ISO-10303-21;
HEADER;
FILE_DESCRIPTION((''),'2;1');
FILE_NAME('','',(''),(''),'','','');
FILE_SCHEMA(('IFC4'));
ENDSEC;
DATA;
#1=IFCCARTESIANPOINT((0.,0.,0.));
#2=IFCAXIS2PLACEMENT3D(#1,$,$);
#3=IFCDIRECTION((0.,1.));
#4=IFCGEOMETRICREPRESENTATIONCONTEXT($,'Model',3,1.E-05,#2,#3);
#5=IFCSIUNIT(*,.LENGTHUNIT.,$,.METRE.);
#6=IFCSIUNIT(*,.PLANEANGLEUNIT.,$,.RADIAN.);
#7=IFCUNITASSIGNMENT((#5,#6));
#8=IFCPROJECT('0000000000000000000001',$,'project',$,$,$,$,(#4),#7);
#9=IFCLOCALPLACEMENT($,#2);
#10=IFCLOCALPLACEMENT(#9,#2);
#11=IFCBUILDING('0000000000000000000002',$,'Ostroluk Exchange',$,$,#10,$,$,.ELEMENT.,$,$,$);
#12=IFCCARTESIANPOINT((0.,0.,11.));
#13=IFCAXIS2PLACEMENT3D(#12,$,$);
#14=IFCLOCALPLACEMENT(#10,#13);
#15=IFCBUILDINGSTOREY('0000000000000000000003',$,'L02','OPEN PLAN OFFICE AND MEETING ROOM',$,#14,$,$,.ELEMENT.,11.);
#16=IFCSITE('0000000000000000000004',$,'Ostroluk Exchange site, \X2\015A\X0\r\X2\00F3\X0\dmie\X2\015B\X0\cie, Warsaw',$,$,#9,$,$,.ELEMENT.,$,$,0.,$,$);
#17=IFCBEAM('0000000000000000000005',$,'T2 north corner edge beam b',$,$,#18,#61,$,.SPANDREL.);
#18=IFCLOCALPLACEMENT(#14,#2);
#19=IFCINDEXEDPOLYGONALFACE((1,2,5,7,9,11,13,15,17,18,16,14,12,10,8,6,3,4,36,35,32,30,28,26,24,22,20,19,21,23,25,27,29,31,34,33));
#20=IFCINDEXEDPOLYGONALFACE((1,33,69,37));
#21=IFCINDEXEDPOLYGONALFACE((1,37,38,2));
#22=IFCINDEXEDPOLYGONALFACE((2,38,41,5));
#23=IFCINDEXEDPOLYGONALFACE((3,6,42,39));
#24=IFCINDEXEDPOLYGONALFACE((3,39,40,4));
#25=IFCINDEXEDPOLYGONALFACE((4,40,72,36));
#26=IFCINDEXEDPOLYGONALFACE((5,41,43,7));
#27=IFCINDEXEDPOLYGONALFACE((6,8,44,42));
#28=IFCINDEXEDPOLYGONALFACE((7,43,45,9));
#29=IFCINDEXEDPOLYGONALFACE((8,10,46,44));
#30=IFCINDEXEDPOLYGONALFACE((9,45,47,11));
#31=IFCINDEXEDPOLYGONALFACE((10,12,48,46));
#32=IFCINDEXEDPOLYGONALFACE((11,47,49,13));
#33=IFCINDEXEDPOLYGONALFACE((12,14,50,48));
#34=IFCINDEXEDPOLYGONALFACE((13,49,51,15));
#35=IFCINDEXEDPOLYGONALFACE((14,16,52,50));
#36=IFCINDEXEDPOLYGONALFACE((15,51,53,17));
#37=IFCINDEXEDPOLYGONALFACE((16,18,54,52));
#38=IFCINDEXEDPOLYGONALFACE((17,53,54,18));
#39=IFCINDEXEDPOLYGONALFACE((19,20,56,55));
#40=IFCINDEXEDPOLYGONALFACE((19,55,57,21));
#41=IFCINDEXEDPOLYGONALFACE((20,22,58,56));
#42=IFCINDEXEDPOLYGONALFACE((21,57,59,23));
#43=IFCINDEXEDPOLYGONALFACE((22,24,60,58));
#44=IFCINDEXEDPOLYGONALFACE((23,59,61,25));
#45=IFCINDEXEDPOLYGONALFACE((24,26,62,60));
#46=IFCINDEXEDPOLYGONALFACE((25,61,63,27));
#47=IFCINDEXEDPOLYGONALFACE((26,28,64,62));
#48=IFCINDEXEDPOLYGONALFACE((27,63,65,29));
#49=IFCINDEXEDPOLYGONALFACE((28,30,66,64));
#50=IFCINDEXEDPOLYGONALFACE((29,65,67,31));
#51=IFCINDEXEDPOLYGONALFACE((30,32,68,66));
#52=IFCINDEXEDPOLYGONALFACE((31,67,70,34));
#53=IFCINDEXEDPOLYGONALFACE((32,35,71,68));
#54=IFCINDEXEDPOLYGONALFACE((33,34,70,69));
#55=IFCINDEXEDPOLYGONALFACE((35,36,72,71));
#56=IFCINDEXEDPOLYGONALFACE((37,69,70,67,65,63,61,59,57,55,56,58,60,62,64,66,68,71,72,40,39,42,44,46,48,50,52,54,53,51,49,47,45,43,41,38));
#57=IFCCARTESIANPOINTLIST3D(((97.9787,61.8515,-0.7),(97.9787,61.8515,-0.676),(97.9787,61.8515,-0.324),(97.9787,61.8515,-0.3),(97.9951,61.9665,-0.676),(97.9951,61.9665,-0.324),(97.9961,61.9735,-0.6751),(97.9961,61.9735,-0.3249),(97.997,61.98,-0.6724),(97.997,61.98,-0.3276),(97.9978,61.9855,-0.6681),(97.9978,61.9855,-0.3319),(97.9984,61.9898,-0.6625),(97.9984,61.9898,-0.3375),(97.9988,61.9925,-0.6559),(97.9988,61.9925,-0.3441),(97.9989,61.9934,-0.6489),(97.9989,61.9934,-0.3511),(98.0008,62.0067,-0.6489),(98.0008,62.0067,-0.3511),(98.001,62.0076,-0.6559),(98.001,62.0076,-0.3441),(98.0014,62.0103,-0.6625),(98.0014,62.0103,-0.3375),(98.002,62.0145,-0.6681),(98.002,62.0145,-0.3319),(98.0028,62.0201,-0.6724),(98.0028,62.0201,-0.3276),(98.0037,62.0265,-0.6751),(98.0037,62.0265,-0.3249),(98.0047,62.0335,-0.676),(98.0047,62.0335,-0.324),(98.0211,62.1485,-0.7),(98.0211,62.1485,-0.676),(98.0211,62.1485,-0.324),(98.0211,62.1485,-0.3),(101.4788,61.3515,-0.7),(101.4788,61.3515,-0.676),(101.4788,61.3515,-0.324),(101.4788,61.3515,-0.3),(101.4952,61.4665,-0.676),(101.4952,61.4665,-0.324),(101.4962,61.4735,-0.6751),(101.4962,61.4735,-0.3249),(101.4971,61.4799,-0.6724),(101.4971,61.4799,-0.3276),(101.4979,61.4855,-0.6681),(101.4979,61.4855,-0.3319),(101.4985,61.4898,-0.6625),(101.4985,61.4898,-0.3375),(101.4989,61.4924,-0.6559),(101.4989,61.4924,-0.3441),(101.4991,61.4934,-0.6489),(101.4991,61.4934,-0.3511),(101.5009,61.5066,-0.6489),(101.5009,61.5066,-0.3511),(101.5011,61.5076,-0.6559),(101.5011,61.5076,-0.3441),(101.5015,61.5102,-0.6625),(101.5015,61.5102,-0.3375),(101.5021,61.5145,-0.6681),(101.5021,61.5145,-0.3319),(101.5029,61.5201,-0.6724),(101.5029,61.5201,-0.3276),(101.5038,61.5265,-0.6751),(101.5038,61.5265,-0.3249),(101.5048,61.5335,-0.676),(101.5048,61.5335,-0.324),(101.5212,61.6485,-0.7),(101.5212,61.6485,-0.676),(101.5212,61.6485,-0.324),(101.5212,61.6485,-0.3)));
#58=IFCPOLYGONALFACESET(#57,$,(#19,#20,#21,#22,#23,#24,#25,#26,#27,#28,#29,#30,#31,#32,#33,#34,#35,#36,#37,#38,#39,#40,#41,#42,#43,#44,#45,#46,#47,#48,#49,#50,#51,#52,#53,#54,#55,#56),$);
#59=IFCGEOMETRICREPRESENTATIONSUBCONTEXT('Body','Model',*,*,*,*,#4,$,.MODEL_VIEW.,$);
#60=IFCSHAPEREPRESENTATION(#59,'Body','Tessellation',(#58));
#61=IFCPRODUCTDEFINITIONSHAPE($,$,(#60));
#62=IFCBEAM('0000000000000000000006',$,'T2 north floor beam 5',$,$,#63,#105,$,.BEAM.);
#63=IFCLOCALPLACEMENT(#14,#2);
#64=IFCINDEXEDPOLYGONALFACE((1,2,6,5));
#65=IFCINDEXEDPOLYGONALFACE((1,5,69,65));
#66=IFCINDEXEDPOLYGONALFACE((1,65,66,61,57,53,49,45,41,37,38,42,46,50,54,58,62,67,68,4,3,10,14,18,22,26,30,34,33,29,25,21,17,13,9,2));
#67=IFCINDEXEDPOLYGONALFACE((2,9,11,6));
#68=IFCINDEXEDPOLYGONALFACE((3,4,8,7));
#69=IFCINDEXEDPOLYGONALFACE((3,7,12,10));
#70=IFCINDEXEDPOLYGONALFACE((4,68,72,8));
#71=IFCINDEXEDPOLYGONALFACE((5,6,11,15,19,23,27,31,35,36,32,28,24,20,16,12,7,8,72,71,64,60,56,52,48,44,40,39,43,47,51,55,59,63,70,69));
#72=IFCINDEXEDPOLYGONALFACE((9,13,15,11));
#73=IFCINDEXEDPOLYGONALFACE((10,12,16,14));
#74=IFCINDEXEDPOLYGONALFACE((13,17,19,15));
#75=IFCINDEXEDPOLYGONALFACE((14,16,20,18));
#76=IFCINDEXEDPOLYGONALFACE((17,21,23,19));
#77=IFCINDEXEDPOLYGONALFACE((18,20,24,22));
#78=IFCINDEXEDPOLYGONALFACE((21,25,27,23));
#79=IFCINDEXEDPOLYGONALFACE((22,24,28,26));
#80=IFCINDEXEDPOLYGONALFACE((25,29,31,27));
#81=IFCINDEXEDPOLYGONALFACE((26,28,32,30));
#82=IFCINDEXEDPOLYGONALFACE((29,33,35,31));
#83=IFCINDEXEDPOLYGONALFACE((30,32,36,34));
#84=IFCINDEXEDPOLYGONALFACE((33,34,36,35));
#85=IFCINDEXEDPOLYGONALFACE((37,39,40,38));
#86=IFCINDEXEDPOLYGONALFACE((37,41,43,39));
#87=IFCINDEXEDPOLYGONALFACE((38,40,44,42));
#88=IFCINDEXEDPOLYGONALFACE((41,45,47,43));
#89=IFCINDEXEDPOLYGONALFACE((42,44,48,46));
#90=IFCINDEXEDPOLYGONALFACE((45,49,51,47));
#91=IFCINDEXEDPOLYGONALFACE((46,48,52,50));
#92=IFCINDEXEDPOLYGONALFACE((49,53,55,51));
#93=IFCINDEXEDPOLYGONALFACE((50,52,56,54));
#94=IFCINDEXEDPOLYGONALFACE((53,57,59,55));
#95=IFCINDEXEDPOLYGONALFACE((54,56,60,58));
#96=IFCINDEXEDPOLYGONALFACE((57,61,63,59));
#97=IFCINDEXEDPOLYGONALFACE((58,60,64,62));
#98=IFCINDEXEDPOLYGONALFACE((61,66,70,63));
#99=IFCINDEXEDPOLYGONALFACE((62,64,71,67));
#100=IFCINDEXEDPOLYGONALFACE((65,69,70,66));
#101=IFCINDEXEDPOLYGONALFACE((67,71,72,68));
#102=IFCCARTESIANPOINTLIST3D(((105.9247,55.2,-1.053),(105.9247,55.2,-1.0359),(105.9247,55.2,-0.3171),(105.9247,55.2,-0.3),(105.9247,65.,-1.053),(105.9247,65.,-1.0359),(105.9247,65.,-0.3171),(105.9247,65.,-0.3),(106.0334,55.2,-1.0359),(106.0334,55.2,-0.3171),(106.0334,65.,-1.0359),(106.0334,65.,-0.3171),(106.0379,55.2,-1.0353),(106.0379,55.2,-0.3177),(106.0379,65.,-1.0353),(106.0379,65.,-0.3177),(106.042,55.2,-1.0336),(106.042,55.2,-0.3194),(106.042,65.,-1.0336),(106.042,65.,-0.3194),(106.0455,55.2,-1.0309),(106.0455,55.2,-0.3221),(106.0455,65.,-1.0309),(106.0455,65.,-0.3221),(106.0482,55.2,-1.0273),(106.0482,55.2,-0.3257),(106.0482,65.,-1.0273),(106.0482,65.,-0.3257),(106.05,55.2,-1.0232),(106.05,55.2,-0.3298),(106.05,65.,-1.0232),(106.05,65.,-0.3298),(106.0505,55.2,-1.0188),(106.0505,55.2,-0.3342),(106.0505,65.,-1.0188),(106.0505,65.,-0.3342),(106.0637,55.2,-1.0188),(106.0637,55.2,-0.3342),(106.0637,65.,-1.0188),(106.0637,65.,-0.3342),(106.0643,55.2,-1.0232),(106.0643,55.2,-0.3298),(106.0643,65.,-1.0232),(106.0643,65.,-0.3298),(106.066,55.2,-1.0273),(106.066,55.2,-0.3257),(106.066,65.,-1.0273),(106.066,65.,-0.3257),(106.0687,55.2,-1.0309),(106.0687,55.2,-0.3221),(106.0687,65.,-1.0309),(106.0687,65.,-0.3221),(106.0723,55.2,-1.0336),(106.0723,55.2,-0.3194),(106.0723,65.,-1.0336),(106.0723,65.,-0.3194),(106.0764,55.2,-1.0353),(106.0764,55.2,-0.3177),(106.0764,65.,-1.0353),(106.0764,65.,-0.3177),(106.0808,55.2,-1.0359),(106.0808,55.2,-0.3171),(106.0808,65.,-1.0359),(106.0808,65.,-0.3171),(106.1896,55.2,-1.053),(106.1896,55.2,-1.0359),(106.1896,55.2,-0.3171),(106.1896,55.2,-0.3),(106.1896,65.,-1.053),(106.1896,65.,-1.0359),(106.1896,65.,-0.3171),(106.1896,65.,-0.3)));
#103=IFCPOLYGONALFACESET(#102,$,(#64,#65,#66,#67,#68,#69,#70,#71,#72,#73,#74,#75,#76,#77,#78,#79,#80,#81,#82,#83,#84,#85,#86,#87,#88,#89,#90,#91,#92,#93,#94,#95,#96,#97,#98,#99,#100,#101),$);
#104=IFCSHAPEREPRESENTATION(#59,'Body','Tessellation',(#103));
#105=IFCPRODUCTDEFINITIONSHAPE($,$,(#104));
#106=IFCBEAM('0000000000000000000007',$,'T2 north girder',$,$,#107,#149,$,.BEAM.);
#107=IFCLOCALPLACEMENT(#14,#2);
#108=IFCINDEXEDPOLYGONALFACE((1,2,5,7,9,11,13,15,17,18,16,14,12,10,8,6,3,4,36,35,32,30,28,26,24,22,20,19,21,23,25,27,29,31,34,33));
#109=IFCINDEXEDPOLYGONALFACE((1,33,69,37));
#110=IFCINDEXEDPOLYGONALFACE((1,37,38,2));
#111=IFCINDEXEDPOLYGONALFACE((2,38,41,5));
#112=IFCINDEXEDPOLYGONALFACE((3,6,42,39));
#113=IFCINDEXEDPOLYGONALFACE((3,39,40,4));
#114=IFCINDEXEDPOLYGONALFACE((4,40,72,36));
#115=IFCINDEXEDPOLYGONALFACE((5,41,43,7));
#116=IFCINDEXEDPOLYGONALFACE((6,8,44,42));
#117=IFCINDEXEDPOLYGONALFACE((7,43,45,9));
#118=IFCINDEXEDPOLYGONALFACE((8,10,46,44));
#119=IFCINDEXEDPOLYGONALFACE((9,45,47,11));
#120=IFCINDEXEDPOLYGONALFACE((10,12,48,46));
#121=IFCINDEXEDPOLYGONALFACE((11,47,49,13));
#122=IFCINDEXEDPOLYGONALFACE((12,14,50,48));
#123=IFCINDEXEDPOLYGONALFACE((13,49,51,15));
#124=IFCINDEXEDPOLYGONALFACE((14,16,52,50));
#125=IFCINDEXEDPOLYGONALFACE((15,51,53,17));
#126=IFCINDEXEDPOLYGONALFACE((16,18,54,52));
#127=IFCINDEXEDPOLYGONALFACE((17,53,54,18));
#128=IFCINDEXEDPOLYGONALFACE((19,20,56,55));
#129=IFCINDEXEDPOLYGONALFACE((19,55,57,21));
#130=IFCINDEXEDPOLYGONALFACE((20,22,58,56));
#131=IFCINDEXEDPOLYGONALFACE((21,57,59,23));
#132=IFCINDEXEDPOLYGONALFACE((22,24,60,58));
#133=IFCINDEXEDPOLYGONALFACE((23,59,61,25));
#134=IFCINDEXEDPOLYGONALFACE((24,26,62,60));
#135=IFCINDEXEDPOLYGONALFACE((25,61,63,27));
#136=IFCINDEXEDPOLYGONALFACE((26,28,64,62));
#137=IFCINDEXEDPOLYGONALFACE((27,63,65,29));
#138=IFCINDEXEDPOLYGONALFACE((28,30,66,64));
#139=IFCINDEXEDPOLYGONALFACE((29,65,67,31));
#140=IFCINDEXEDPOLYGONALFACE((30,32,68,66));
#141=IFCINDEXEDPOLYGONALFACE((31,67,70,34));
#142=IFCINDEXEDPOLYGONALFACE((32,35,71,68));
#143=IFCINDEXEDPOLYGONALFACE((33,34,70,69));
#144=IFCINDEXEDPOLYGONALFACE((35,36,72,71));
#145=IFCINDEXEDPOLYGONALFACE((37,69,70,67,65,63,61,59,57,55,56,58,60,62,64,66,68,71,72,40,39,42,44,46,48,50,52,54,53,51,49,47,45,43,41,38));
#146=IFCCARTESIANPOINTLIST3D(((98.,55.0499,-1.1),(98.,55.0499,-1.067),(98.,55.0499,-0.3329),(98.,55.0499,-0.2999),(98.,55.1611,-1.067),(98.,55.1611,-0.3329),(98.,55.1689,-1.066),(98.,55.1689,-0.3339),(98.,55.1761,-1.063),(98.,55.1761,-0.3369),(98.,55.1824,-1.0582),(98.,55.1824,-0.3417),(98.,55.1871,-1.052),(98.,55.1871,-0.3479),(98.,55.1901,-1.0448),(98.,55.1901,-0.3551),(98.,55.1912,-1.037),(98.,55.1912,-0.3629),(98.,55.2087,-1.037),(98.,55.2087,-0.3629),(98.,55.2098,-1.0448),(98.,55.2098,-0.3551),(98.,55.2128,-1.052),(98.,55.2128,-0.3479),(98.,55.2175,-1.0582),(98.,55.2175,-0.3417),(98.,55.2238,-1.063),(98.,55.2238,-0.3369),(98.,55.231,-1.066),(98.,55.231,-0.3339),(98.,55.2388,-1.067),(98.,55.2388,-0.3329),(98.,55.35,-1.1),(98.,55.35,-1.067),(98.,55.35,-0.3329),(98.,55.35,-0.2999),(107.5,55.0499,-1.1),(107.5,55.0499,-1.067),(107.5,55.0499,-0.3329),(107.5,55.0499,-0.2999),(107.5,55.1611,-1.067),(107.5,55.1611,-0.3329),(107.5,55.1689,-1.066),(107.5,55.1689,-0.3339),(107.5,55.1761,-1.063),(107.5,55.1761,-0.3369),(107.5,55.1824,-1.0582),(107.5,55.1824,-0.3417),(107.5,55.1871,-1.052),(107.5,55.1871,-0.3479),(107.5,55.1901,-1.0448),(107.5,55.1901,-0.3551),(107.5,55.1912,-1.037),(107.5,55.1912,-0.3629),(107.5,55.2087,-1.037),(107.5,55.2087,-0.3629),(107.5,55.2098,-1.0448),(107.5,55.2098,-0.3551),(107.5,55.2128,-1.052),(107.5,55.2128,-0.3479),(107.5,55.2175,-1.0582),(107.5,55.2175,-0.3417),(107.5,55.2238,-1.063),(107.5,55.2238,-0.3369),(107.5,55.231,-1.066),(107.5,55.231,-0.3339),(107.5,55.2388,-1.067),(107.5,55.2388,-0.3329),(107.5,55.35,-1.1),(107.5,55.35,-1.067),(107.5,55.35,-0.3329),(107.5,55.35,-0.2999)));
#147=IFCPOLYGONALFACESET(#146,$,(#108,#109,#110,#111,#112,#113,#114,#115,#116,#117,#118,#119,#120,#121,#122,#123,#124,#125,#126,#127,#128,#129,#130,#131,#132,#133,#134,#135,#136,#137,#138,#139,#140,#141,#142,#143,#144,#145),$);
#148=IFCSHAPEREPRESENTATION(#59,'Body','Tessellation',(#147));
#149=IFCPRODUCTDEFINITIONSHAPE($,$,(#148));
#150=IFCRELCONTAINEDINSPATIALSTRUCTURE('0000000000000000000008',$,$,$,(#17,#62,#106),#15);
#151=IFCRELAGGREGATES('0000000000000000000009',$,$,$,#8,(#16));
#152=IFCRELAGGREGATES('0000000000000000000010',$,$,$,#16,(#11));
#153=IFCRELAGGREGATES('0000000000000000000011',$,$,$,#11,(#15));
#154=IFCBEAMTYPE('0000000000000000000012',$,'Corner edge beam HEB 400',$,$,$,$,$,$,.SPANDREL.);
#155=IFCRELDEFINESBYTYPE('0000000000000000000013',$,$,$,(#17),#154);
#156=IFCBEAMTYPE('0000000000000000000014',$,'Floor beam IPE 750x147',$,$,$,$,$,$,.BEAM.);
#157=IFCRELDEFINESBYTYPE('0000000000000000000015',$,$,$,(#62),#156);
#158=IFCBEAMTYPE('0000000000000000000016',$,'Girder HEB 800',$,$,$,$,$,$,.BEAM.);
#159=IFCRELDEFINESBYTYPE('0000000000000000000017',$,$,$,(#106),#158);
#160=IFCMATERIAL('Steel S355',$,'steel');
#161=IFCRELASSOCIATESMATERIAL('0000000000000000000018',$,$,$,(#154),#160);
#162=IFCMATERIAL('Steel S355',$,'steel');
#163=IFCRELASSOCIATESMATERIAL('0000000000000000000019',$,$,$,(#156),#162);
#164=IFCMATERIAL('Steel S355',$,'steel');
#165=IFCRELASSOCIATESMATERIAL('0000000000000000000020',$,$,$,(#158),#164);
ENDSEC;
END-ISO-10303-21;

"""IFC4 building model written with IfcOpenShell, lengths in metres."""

from ifc_helpers import new_model, si_unit, direction, frame, origin, origin_2d, place, context, subcontext, project, spatial, i_section, extrude, material, material_profile, profile_set, type_object, element, save


model = new_model("IFC4")

# Units and contexts
model_context = context("Model", 3, precision=1e-05, world=origin(), true_north=direction((0.0, 1.0)))
body_context = subcontext(model_context, "Body", "Model", "MODEL_VIEW")
ifc_project = project(units=[si_unit("LENGTHUNIT", "METRE"), si_unit("PLANEANGLEUNIT", "RADIAN")], contexts=[model_context])

# Site, building, storey
site_placement = place(None, origin())
site = spatial("IfcSite", under=ifc_project, at=site_placement, Name="Ostroluk Exchange site, Śródmieście, Warsaw", CompositionType="ELEMENT", RefElevation=0.0)
building_placement = place(site_placement, origin())
building = spatial("IfcBuilding", under=site, at=building_placement, Name="Ostroluk Exchange", CompositionType="ELEMENT")
storey_placement = place(building_placement, frame((0.0, 0.0, 11.0)))
storey = spatial("IfcBuildingStorey", under=building, at=storey_placement, Name="L02", Description="OPEN PLAN OFFICE AND MEETING ROOM", CompositionType="ELEMENT", Elevation=11.0)

# Beams
ifc_material_1 = material(Name="Steel S355", Category="steel")
ifc_material_profile_1 = material_profile(ifc_material_1, i_section(OverallWidth=0.3, OverallDepth=0.3999, WebThickness=0.0134, FlangeThickness=0.0239, FilletRadius=0.0271, at=origin_2d()), Name="HEB 400")
ifc_profile_set_1 = profile_set([ifc_material_profile_1], Name="Steel S355")
beam_type_1 = type_object("IfcBeamType", Name="Corner edge beam HEB 400", PredefinedType="SPANDREL", material=ifc_profile_set_1)
for number, where, z_axis, x_axis, name in (
    (1, (101.5, 61.5, -0.5), (-0.989949, 0.141421, 0.0), (-0.141421, -0.989949, 0.0), "T2 north corner edge beam b"),
):
    element("IfcBeam", number, at=place(storey_placement, frame(where, z_axis=z_axis, x_axis=x_axis)), inside=storey, type_object=beam_type_1, Name=name, PredefinedType="SPANDREL", context=body_context, shape_type="SweptSolid", body=[
        extrude(i_section(OverallWidth=0.3, OverallDepth=0.3999, WebThickness=0.0134, FlangeThickness=0.0239, FilletRadius=0.0271, at=origin_2d()), origin(), (0.0, 0.0, 1.0), 3.5356),
    ])
ifc_material_2 = material(Name="Steel S355", Category="steel")
ifc_material_profile_2 = material_profile(ifc_material_2, i_section(OverallWidth=0.2649, OverallDepth=0.7529, WebThickness=0.0132, FlangeThickness=0.0171, FilletRadius=0.0171, at=origin_2d()), Name="IPE 750x147")
ifc_profile_set_2 = profile_set([ifc_material_profile_2], Name="Steel S355")
beam_type_2 = type_object("IfcBeamType", Name="Floor beam IPE 750x147", PredefinedType="BEAM", material=ifc_profile_set_2)
beam_1_placement = place(storey_placement, frame((106.0571, 55.2, -0.6765), z_axis=(0.0, 1.0, 0.0), x_axis=(-1.0, 0.0, 0.0)))
element("IfcBeam", 2, at=beam_1_placement, inside=storey, type_object=beam_type_2, Name="T2 north floor beam 5", PredefinedType="BEAM", context=body_context, shape_type="SweptSolid", body=[
    extrude(i_section(OverallWidth=0.2649, OverallDepth=0.7529, WebThickness=0.0132, FlangeThickness=0.0171, FilletRadius=0.0171, at=origin_2d()), origin(), (0.0, 0.0, 1.0), 9.8),
])
ifc_material_3 = material(Name="Steel S355", Category="steel")
ifc_material_profile_3 = material_profile(ifc_material_3, i_section(OverallWidth=0.3, OverallDepth=0.8, WebThickness=0.0176, FlangeThickness=0.033, FilletRadius=0.03, at=origin_2d()), Name="HEB 800")
ifc_profile_set_3 = profile_set([ifc_material_profile_3], Name="Steel S355")
beam_type_3 = type_object("IfcBeamType", Name="Girder HEB 800", PredefinedType="BEAM", material=ifc_profile_set_3)
beam_2_placement = place(storey_placement, frame((107.5, 55.2, -0.7), z_axis=(-1.0, 0.0, 0.0), x_axis=(0.0, -1.0, 0.0)))
element("IfcBeam", 3, at=beam_2_placement, inside=storey, type_object=beam_type_3, Name="T2 north girder", PredefinedType="BEAM", context=body_context, shape_type="SweptSolid", body=[
    extrude(i_section(OverallWidth=0.3, OverallDepth=0.8, WebThickness=0.0176, FlangeThickness=0.033, FilletRadius=0.03, at=origin_2d()), origin(), (0.0, 0.0, 1.0), 9.5),
])

save(model, "model.ifc")
